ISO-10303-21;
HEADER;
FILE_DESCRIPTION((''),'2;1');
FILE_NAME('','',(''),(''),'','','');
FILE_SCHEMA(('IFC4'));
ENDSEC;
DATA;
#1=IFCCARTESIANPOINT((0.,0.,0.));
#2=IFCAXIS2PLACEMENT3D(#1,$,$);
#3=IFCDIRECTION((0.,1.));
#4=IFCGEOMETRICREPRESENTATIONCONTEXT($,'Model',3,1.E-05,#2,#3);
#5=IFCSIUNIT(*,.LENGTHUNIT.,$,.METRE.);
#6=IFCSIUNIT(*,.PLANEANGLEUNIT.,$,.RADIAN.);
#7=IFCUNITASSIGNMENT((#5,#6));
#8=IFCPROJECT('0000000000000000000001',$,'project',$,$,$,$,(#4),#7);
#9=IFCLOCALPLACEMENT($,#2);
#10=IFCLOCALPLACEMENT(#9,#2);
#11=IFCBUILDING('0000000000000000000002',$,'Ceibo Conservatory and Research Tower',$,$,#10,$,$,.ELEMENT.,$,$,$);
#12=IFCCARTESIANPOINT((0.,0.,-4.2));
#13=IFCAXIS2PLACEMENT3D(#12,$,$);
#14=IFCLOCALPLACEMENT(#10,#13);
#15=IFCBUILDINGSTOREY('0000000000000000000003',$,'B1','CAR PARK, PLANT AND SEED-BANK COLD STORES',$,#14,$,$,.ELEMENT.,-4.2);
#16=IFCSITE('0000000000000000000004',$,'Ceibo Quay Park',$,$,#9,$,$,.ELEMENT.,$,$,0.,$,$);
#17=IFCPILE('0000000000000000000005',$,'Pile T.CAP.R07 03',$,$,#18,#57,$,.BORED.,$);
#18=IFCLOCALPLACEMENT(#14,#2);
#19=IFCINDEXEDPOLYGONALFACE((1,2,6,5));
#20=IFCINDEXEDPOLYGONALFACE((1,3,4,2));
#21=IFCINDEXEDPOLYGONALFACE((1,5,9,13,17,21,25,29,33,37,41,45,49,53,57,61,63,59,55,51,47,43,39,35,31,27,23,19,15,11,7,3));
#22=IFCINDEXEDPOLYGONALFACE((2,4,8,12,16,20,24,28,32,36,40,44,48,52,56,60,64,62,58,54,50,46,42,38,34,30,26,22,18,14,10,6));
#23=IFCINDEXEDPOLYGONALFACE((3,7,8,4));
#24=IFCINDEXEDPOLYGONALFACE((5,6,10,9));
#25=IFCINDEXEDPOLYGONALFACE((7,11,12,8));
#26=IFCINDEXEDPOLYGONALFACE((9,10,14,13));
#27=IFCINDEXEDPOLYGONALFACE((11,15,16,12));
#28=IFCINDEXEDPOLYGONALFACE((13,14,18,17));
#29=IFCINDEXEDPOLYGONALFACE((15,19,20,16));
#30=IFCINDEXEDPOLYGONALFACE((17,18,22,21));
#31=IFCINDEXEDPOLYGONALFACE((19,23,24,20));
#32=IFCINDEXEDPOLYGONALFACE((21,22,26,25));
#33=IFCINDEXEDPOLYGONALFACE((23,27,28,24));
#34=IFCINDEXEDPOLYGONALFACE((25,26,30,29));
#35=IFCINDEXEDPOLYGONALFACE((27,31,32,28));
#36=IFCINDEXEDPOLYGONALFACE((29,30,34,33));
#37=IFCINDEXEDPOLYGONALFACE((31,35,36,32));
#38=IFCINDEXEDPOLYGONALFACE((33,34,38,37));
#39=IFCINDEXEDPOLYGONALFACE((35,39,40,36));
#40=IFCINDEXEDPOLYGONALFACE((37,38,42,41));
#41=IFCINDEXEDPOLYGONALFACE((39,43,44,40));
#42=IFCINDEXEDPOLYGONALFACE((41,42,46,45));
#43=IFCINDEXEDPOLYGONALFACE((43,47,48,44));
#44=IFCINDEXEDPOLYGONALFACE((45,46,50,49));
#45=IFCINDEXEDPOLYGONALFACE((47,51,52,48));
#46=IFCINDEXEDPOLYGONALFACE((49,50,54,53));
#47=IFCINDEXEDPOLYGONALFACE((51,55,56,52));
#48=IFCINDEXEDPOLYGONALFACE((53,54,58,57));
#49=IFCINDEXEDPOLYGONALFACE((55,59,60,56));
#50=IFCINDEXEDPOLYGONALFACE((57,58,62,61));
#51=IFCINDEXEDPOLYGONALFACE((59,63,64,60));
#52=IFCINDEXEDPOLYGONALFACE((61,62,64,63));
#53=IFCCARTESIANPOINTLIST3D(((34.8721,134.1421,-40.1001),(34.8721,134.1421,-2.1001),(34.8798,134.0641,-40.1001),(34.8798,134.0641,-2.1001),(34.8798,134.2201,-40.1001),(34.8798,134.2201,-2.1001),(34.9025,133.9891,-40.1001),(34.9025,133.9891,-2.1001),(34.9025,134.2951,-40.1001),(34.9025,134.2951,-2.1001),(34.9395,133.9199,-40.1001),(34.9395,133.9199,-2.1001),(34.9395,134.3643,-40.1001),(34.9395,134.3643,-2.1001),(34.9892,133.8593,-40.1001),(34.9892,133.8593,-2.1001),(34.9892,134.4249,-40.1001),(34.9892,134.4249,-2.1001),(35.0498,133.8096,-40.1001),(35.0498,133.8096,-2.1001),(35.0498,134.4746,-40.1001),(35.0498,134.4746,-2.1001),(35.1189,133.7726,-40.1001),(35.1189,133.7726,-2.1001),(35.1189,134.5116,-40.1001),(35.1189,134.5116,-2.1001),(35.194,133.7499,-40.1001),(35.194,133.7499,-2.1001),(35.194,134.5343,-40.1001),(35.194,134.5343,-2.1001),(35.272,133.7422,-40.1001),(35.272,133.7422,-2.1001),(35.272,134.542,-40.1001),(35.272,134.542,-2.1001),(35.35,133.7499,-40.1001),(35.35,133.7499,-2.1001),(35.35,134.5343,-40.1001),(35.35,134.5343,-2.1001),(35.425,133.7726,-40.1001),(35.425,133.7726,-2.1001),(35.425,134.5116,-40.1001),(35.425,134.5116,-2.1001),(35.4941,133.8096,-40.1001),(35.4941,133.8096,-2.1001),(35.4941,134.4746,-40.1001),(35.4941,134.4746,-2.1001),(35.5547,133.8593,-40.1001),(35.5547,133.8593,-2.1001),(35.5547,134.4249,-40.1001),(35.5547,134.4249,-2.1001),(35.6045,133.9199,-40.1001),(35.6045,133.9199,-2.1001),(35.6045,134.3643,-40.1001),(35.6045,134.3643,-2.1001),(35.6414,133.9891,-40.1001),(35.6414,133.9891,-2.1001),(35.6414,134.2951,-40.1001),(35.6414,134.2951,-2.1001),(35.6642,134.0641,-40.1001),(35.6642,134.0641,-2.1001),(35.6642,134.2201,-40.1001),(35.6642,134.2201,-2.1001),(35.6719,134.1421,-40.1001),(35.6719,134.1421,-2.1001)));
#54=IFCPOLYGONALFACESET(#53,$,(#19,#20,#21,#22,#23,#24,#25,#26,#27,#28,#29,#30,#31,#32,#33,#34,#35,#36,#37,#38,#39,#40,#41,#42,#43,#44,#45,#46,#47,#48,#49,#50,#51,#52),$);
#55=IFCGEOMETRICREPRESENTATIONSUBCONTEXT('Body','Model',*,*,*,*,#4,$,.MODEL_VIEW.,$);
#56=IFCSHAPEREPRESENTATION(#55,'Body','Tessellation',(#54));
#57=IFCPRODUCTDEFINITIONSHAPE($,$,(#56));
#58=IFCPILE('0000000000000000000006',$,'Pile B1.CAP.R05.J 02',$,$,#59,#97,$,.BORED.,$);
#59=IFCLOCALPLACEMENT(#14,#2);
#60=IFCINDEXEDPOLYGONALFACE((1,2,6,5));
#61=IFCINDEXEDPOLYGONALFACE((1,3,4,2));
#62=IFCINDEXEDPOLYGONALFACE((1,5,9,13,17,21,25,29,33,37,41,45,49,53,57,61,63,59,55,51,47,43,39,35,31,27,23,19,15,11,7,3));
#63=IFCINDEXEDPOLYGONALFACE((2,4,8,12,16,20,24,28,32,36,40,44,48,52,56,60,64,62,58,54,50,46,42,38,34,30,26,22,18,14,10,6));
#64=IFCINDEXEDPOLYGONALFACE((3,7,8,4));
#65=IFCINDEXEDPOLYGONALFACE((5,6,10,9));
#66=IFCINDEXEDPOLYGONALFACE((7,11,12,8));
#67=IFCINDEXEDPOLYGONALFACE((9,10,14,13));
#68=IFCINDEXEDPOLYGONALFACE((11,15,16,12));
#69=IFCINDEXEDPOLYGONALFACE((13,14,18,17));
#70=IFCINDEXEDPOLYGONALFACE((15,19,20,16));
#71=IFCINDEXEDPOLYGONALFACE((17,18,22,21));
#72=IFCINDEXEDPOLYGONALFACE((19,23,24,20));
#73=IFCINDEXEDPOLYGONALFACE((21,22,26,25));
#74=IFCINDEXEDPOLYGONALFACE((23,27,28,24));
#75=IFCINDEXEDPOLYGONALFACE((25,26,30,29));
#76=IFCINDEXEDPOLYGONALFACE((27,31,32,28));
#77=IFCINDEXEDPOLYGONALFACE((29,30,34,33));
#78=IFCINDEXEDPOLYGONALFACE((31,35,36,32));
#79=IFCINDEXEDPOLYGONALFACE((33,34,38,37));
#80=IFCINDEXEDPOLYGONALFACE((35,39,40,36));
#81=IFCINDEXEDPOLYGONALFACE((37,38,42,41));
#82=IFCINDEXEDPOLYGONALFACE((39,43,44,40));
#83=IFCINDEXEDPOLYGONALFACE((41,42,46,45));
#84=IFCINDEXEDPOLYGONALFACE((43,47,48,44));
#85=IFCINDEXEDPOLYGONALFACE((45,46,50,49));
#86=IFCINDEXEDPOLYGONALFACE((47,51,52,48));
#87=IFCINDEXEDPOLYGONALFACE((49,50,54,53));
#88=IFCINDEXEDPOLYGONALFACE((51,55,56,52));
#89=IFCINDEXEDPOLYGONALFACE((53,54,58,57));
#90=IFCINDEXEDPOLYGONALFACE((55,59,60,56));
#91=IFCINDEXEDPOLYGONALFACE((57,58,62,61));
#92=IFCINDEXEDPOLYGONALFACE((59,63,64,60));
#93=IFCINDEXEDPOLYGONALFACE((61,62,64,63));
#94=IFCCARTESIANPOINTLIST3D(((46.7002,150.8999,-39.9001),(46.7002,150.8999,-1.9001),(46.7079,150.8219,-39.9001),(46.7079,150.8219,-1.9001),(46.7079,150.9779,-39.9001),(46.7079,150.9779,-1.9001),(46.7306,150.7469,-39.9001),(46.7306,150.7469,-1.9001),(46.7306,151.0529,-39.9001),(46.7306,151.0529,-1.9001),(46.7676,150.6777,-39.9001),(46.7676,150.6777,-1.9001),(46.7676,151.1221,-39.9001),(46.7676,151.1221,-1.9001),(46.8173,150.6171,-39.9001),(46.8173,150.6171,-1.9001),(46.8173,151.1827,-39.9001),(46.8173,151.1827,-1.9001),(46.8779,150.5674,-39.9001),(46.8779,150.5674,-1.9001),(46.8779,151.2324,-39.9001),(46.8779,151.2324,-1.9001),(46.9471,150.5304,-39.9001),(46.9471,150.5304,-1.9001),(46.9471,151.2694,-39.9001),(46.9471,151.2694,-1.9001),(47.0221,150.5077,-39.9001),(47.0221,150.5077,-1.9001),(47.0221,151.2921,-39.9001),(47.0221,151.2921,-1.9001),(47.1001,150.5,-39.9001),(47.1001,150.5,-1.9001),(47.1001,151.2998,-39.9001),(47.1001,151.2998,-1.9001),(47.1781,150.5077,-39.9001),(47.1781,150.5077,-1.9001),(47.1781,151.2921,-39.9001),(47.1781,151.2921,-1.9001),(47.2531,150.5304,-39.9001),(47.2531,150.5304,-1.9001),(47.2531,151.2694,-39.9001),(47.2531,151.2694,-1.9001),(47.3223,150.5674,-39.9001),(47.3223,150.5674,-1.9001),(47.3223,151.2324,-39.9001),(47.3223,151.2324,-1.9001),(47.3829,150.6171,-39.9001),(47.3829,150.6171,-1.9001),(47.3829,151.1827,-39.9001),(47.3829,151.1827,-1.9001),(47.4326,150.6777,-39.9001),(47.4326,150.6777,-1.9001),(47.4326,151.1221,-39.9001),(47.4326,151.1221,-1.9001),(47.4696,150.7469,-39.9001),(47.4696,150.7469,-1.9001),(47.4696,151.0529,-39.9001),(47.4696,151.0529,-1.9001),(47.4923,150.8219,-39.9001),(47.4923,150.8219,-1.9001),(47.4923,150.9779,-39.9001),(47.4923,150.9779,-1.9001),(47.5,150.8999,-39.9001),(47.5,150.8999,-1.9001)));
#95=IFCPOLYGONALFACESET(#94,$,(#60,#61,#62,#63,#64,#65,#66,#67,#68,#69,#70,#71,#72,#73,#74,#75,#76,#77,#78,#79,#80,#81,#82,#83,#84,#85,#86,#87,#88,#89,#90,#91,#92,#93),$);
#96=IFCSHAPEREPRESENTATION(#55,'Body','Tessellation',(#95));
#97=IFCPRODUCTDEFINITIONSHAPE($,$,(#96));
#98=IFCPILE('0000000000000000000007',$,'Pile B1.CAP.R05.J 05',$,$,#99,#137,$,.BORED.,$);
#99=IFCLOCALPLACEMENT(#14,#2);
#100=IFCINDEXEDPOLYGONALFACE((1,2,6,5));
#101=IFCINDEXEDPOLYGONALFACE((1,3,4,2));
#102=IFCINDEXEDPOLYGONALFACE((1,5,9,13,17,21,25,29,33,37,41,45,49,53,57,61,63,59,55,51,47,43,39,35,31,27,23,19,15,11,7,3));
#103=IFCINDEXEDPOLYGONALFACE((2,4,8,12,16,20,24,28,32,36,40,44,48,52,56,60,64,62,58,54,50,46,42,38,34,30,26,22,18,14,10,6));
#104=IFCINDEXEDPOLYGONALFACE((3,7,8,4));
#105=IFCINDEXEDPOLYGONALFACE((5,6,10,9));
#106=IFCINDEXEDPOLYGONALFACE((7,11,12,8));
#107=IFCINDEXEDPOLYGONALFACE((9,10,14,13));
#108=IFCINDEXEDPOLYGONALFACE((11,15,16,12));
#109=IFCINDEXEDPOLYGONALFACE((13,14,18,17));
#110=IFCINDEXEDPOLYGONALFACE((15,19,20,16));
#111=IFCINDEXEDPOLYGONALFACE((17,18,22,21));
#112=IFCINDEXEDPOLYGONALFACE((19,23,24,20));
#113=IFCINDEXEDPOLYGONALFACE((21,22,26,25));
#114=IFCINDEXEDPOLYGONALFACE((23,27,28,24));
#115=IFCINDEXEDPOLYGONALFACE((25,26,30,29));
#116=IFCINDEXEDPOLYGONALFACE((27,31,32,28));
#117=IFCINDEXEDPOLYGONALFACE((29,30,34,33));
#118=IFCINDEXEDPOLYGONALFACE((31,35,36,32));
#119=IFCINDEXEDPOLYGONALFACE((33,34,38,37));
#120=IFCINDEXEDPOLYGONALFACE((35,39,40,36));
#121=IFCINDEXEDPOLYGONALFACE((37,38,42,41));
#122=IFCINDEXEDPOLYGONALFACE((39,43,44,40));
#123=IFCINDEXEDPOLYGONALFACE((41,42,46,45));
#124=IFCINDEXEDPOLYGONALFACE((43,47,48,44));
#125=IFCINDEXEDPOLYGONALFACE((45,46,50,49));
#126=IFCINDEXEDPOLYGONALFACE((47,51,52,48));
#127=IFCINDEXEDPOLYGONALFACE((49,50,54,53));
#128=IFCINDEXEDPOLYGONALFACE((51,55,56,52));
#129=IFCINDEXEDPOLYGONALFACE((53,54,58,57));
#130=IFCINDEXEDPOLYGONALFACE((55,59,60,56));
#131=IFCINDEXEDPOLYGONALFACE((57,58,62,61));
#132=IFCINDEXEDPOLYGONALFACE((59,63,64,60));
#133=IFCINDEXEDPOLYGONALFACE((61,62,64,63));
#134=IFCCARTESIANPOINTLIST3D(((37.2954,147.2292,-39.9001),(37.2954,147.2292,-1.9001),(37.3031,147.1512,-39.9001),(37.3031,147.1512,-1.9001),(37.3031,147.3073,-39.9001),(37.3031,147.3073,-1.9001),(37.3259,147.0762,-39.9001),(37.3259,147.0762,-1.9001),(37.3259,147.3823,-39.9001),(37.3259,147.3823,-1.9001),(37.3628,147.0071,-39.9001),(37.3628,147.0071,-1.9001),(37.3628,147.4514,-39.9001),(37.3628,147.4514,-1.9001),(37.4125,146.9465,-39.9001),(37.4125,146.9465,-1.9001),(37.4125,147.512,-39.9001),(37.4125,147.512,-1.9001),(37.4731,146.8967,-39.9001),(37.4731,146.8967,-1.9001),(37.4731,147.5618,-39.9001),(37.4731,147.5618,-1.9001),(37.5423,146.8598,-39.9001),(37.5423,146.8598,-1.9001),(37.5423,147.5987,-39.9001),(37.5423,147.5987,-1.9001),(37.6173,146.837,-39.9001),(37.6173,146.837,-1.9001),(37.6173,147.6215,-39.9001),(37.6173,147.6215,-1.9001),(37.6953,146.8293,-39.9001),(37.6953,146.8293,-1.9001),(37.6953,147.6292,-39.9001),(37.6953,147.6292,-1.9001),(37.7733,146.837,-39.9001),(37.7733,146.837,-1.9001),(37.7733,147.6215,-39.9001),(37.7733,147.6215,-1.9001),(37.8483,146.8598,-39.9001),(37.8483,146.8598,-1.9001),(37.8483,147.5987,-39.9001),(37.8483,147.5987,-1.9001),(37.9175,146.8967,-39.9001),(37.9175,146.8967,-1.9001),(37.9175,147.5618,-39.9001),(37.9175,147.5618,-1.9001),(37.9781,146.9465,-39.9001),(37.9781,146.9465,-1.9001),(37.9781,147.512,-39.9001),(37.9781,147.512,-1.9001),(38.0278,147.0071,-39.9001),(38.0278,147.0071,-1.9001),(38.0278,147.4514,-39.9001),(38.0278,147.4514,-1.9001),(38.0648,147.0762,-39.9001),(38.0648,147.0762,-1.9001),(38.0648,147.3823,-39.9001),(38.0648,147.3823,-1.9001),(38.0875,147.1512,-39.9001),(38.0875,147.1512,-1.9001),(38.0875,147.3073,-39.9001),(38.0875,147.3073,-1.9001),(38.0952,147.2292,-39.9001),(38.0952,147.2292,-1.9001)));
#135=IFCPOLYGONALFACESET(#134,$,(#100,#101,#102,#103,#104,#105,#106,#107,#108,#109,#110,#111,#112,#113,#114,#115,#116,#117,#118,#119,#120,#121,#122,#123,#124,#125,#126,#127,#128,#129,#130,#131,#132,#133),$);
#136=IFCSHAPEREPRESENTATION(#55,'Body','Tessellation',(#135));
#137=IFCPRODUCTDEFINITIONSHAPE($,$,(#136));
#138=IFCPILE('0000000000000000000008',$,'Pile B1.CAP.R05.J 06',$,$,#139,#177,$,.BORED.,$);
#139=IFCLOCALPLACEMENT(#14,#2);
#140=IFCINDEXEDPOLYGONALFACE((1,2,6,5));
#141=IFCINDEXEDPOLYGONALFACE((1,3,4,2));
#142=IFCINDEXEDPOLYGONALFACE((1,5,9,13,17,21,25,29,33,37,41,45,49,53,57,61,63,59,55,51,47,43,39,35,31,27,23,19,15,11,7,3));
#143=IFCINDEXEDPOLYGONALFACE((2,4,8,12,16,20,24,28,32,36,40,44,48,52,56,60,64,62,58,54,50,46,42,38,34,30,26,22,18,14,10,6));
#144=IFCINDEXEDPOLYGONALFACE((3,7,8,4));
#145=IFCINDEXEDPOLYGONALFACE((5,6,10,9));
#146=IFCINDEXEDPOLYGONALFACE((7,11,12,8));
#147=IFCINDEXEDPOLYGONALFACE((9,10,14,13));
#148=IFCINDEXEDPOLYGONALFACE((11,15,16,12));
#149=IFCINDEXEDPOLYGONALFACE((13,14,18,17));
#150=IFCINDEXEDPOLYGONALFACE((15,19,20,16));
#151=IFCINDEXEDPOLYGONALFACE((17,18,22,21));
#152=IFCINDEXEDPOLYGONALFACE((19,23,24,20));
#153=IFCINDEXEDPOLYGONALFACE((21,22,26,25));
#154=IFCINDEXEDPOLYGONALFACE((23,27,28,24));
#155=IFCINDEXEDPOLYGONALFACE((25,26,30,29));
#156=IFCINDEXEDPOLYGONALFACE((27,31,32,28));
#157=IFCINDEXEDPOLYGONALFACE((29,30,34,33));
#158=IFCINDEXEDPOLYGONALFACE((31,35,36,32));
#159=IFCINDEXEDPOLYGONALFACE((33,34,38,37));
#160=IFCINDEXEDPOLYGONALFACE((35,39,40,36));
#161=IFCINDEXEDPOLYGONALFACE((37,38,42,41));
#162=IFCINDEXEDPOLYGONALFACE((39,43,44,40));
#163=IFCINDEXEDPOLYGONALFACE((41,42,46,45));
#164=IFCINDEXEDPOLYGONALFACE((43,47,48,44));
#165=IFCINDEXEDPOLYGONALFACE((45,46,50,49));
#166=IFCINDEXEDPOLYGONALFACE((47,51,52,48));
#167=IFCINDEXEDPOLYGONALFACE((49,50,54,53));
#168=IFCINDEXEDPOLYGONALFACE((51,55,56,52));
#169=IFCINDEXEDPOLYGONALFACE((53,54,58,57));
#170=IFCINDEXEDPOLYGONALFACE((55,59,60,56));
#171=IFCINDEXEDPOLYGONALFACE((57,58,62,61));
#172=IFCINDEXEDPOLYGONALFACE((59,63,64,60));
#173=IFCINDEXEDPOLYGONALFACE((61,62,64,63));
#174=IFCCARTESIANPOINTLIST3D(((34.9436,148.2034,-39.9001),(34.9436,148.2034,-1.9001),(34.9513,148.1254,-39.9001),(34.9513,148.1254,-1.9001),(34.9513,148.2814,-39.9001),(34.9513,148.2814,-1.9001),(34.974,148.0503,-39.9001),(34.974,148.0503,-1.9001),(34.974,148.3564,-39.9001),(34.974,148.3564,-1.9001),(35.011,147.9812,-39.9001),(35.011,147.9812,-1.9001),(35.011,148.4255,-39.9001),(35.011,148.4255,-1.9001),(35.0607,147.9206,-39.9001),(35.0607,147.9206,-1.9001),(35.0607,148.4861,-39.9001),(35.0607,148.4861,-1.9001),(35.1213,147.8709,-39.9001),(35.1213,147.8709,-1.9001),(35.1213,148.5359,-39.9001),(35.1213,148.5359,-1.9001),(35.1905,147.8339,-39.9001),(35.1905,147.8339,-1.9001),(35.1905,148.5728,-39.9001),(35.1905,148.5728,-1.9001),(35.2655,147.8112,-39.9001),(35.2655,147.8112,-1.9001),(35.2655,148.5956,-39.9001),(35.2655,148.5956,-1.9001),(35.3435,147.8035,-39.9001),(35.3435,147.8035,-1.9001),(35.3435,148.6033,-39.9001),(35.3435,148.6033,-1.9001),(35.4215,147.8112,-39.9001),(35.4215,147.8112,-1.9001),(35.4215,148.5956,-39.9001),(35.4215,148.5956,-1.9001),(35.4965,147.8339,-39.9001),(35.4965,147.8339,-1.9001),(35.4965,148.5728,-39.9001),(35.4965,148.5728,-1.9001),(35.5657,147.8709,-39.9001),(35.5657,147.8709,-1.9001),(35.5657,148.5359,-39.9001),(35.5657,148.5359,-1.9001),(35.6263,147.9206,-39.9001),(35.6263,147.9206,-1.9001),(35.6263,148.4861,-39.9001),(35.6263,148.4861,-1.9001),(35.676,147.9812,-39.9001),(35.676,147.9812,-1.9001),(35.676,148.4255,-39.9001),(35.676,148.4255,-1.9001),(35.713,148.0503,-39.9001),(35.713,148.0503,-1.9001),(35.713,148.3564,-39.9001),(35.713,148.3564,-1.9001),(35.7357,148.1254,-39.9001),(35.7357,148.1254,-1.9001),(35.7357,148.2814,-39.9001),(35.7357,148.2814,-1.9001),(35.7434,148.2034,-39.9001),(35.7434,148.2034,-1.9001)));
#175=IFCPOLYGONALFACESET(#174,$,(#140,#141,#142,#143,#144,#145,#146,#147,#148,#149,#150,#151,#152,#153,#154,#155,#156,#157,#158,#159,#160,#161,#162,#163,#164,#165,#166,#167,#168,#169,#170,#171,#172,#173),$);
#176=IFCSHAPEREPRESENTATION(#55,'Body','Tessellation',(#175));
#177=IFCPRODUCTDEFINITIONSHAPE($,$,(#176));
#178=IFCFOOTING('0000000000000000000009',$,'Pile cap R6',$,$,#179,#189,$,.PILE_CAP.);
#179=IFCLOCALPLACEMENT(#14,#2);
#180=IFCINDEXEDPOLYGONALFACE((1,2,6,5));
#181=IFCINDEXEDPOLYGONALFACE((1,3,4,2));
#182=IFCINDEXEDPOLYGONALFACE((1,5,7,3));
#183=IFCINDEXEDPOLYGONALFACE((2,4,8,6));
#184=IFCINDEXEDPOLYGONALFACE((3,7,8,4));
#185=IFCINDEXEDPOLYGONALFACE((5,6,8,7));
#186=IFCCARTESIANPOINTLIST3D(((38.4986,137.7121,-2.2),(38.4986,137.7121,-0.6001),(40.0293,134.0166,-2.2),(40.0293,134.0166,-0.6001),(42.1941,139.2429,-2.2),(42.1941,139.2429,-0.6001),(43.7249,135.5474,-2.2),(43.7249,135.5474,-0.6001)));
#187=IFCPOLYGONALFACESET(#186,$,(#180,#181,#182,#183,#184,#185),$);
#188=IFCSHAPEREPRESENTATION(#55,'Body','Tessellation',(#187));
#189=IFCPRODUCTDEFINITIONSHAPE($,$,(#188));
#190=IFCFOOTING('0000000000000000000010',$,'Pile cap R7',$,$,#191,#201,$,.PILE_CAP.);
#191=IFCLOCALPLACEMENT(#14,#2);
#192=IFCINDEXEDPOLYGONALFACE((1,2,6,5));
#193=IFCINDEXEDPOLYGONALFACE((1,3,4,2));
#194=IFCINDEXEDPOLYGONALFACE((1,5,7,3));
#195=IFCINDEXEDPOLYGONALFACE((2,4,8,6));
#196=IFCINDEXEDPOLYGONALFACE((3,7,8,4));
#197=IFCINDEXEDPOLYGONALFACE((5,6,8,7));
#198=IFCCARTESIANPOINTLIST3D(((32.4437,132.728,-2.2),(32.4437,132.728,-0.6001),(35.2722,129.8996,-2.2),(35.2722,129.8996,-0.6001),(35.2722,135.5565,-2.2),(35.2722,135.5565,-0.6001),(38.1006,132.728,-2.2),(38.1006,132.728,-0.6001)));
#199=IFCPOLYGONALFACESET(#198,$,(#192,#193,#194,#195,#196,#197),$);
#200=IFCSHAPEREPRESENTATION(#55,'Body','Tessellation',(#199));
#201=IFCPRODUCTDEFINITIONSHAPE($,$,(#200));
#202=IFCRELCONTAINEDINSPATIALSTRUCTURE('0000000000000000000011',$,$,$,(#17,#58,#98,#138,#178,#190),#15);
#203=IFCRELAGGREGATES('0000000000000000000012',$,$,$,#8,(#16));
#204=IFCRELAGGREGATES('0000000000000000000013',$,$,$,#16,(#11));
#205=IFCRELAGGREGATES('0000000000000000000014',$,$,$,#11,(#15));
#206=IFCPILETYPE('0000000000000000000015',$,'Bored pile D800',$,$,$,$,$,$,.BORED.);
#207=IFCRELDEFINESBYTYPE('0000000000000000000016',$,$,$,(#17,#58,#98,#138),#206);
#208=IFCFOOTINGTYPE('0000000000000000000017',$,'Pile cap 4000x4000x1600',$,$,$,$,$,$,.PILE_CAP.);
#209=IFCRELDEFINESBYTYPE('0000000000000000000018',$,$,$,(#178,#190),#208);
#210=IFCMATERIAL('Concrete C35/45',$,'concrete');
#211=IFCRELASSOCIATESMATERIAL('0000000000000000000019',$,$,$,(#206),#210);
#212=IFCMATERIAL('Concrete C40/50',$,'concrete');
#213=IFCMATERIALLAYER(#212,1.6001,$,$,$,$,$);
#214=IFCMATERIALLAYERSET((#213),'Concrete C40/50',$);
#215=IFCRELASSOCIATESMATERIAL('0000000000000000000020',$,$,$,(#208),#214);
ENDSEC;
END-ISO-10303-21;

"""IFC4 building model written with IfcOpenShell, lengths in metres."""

from ifc_helpers import new_model, si_unit, direction, frame, origin, origin_2d, place, context, subcontext, project, spatial, polyline, circle, outline, extrude, material, layer, layer_set, material_profile, profile_set, type_object, element, save


model = new_model("IFC4")

# Units and contexts
model_context = context("Model", 3, precision=1e-05, world=origin(), true_north=direction((0.0, 1.0)))
body_context = subcontext(model_context, "Body", "Model", "MODEL_VIEW")
ifc_project = project(units=[si_unit("LENGTHUNIT", "METRE"), si_unit("PLANEANGLEUNIT", "RADIAN")], contexts=[model_context])

# Site, building, storey
site_placement = place(None, origin())
site = spatial("IfcSite", under=ifc_project, at=site_placement, Name="Ceibo Quay Park", CompositionType="ELEMENT", RefElevation=0.0)
building_placement = place(site_placement, origin())
building = spatial("IfcBuilding", under=site, at=building_placement, Name="Ceibo Conservatory and Research Tower", CompositionType="ELEMENT")
storey_placement = place(building_placement, frame((0.0, 0.0, -4.2)))
storey = spatial("IfcBuildingStorey", under=building, at=storey_placement, Name="B1", Description="CAR PARK, PLANT AND SEED-BANK COLD STORES", CompositionType="ELEMENT", Elevation=-4.2)

# Piles
ifc_material_1 = material(Name="Concrete C35/45", Category="concrete")
ifc_material_profile_1 = material_profile(ifc_material_1, circle(Radius=0.3999, at=origin_2d()), Name="RC D800")
ifc_profile_set_1 = profile_set([ifc_material_profile_1], Name="Concrete C35/45")
pile_type_1 = type_object("IfcPileType", Name="Bored pile D800", PredefinedType="BORED", material=ifc_profile_set_1)
for number, where, z_axis, x_axis, name in (
    (1, (35.272, 134.1421, -2.1001), (0.0, 0.0, -1.0), (1.0, 0.0, 0.0), "Pile T.CAP.R07 03"),
    (2, (47.1001, 150.8999, -1.9001), (0.0, 0.0, -1.0), (1.0, 0.0, 0.0), "Pile B1.CAP.R05.J 02"),
    (3, (37.6953, 147.2292, -1.9001), (0.0, 0.0, -1.0), (1.0, 0.0, 0.0), "Pile B1.CAP.R05.J 05"),
    (4, (35.3435, 148.2034, -1.9001), (0.0, 0.0, -1.0), (1.0, 0.0, 0.0), "Pile B1.CAP.R05.J 06"),
):
    element("IfcPile", number, at=place(storey_placement, frame(where, z_axis=z_axis, x_axis=x_axis)), inside=storey, type_object=pile_type_1, Name=name, PredefinedType="BORED", context=body_context, shape_type="SweptSolid", body=[
        extrude(circle(Radius=0.3999, at=origin_2d()), origin(), (0.0, 0.0, 1.0), 38.0),
    ])

# Footings
ifc_material_2 = material(Name="Concrete C40/50", Category="concrete")
ifc_layer_1 = layer(ifc_material_2, 1.6001)
ifc_layer_set_1 = layer_set([ifc_layer_1], Name="Concrete C40/50")
footing_type = type_object("IfcFootingType", Name="Pile cap 4000x4000x1600", PredefinedType="PILE_CAP", material=ifc_layer_set_1)
for number, where, z_axis, x_axis, name in (
    (5, (43.7249, 135.5474, -2.2), (0.0, 0.0, 1.0), (-0.382684, 0.92388, 0.0), "Pile cap R6"),
    (6, (38.1006, 132.728, -2.2), (0.0, 0.0, 1.0), (-0.707107, 0.707107, 0.0), "Pile cap R7"),
):
    element("IfcFooting", number, at=place(storey_placement, frame(where, z_axis=z_axis, x_axis=x_axis)), inside=storey, type_object=footing_type, Name=name, PredefinedType="PILE_CAP", context=body_context, shape_type="SweptSolid", body=[
        extrude(outline(polyline([(0.0, 0.0), (4.0, 0.0), (4.0, 4.0), (0.0, 4.0), (0.0, 0.0)])), origin(), (0.0, 0.0, 1.0), 1.5999),
    ])

save(model, "model.ifc")
